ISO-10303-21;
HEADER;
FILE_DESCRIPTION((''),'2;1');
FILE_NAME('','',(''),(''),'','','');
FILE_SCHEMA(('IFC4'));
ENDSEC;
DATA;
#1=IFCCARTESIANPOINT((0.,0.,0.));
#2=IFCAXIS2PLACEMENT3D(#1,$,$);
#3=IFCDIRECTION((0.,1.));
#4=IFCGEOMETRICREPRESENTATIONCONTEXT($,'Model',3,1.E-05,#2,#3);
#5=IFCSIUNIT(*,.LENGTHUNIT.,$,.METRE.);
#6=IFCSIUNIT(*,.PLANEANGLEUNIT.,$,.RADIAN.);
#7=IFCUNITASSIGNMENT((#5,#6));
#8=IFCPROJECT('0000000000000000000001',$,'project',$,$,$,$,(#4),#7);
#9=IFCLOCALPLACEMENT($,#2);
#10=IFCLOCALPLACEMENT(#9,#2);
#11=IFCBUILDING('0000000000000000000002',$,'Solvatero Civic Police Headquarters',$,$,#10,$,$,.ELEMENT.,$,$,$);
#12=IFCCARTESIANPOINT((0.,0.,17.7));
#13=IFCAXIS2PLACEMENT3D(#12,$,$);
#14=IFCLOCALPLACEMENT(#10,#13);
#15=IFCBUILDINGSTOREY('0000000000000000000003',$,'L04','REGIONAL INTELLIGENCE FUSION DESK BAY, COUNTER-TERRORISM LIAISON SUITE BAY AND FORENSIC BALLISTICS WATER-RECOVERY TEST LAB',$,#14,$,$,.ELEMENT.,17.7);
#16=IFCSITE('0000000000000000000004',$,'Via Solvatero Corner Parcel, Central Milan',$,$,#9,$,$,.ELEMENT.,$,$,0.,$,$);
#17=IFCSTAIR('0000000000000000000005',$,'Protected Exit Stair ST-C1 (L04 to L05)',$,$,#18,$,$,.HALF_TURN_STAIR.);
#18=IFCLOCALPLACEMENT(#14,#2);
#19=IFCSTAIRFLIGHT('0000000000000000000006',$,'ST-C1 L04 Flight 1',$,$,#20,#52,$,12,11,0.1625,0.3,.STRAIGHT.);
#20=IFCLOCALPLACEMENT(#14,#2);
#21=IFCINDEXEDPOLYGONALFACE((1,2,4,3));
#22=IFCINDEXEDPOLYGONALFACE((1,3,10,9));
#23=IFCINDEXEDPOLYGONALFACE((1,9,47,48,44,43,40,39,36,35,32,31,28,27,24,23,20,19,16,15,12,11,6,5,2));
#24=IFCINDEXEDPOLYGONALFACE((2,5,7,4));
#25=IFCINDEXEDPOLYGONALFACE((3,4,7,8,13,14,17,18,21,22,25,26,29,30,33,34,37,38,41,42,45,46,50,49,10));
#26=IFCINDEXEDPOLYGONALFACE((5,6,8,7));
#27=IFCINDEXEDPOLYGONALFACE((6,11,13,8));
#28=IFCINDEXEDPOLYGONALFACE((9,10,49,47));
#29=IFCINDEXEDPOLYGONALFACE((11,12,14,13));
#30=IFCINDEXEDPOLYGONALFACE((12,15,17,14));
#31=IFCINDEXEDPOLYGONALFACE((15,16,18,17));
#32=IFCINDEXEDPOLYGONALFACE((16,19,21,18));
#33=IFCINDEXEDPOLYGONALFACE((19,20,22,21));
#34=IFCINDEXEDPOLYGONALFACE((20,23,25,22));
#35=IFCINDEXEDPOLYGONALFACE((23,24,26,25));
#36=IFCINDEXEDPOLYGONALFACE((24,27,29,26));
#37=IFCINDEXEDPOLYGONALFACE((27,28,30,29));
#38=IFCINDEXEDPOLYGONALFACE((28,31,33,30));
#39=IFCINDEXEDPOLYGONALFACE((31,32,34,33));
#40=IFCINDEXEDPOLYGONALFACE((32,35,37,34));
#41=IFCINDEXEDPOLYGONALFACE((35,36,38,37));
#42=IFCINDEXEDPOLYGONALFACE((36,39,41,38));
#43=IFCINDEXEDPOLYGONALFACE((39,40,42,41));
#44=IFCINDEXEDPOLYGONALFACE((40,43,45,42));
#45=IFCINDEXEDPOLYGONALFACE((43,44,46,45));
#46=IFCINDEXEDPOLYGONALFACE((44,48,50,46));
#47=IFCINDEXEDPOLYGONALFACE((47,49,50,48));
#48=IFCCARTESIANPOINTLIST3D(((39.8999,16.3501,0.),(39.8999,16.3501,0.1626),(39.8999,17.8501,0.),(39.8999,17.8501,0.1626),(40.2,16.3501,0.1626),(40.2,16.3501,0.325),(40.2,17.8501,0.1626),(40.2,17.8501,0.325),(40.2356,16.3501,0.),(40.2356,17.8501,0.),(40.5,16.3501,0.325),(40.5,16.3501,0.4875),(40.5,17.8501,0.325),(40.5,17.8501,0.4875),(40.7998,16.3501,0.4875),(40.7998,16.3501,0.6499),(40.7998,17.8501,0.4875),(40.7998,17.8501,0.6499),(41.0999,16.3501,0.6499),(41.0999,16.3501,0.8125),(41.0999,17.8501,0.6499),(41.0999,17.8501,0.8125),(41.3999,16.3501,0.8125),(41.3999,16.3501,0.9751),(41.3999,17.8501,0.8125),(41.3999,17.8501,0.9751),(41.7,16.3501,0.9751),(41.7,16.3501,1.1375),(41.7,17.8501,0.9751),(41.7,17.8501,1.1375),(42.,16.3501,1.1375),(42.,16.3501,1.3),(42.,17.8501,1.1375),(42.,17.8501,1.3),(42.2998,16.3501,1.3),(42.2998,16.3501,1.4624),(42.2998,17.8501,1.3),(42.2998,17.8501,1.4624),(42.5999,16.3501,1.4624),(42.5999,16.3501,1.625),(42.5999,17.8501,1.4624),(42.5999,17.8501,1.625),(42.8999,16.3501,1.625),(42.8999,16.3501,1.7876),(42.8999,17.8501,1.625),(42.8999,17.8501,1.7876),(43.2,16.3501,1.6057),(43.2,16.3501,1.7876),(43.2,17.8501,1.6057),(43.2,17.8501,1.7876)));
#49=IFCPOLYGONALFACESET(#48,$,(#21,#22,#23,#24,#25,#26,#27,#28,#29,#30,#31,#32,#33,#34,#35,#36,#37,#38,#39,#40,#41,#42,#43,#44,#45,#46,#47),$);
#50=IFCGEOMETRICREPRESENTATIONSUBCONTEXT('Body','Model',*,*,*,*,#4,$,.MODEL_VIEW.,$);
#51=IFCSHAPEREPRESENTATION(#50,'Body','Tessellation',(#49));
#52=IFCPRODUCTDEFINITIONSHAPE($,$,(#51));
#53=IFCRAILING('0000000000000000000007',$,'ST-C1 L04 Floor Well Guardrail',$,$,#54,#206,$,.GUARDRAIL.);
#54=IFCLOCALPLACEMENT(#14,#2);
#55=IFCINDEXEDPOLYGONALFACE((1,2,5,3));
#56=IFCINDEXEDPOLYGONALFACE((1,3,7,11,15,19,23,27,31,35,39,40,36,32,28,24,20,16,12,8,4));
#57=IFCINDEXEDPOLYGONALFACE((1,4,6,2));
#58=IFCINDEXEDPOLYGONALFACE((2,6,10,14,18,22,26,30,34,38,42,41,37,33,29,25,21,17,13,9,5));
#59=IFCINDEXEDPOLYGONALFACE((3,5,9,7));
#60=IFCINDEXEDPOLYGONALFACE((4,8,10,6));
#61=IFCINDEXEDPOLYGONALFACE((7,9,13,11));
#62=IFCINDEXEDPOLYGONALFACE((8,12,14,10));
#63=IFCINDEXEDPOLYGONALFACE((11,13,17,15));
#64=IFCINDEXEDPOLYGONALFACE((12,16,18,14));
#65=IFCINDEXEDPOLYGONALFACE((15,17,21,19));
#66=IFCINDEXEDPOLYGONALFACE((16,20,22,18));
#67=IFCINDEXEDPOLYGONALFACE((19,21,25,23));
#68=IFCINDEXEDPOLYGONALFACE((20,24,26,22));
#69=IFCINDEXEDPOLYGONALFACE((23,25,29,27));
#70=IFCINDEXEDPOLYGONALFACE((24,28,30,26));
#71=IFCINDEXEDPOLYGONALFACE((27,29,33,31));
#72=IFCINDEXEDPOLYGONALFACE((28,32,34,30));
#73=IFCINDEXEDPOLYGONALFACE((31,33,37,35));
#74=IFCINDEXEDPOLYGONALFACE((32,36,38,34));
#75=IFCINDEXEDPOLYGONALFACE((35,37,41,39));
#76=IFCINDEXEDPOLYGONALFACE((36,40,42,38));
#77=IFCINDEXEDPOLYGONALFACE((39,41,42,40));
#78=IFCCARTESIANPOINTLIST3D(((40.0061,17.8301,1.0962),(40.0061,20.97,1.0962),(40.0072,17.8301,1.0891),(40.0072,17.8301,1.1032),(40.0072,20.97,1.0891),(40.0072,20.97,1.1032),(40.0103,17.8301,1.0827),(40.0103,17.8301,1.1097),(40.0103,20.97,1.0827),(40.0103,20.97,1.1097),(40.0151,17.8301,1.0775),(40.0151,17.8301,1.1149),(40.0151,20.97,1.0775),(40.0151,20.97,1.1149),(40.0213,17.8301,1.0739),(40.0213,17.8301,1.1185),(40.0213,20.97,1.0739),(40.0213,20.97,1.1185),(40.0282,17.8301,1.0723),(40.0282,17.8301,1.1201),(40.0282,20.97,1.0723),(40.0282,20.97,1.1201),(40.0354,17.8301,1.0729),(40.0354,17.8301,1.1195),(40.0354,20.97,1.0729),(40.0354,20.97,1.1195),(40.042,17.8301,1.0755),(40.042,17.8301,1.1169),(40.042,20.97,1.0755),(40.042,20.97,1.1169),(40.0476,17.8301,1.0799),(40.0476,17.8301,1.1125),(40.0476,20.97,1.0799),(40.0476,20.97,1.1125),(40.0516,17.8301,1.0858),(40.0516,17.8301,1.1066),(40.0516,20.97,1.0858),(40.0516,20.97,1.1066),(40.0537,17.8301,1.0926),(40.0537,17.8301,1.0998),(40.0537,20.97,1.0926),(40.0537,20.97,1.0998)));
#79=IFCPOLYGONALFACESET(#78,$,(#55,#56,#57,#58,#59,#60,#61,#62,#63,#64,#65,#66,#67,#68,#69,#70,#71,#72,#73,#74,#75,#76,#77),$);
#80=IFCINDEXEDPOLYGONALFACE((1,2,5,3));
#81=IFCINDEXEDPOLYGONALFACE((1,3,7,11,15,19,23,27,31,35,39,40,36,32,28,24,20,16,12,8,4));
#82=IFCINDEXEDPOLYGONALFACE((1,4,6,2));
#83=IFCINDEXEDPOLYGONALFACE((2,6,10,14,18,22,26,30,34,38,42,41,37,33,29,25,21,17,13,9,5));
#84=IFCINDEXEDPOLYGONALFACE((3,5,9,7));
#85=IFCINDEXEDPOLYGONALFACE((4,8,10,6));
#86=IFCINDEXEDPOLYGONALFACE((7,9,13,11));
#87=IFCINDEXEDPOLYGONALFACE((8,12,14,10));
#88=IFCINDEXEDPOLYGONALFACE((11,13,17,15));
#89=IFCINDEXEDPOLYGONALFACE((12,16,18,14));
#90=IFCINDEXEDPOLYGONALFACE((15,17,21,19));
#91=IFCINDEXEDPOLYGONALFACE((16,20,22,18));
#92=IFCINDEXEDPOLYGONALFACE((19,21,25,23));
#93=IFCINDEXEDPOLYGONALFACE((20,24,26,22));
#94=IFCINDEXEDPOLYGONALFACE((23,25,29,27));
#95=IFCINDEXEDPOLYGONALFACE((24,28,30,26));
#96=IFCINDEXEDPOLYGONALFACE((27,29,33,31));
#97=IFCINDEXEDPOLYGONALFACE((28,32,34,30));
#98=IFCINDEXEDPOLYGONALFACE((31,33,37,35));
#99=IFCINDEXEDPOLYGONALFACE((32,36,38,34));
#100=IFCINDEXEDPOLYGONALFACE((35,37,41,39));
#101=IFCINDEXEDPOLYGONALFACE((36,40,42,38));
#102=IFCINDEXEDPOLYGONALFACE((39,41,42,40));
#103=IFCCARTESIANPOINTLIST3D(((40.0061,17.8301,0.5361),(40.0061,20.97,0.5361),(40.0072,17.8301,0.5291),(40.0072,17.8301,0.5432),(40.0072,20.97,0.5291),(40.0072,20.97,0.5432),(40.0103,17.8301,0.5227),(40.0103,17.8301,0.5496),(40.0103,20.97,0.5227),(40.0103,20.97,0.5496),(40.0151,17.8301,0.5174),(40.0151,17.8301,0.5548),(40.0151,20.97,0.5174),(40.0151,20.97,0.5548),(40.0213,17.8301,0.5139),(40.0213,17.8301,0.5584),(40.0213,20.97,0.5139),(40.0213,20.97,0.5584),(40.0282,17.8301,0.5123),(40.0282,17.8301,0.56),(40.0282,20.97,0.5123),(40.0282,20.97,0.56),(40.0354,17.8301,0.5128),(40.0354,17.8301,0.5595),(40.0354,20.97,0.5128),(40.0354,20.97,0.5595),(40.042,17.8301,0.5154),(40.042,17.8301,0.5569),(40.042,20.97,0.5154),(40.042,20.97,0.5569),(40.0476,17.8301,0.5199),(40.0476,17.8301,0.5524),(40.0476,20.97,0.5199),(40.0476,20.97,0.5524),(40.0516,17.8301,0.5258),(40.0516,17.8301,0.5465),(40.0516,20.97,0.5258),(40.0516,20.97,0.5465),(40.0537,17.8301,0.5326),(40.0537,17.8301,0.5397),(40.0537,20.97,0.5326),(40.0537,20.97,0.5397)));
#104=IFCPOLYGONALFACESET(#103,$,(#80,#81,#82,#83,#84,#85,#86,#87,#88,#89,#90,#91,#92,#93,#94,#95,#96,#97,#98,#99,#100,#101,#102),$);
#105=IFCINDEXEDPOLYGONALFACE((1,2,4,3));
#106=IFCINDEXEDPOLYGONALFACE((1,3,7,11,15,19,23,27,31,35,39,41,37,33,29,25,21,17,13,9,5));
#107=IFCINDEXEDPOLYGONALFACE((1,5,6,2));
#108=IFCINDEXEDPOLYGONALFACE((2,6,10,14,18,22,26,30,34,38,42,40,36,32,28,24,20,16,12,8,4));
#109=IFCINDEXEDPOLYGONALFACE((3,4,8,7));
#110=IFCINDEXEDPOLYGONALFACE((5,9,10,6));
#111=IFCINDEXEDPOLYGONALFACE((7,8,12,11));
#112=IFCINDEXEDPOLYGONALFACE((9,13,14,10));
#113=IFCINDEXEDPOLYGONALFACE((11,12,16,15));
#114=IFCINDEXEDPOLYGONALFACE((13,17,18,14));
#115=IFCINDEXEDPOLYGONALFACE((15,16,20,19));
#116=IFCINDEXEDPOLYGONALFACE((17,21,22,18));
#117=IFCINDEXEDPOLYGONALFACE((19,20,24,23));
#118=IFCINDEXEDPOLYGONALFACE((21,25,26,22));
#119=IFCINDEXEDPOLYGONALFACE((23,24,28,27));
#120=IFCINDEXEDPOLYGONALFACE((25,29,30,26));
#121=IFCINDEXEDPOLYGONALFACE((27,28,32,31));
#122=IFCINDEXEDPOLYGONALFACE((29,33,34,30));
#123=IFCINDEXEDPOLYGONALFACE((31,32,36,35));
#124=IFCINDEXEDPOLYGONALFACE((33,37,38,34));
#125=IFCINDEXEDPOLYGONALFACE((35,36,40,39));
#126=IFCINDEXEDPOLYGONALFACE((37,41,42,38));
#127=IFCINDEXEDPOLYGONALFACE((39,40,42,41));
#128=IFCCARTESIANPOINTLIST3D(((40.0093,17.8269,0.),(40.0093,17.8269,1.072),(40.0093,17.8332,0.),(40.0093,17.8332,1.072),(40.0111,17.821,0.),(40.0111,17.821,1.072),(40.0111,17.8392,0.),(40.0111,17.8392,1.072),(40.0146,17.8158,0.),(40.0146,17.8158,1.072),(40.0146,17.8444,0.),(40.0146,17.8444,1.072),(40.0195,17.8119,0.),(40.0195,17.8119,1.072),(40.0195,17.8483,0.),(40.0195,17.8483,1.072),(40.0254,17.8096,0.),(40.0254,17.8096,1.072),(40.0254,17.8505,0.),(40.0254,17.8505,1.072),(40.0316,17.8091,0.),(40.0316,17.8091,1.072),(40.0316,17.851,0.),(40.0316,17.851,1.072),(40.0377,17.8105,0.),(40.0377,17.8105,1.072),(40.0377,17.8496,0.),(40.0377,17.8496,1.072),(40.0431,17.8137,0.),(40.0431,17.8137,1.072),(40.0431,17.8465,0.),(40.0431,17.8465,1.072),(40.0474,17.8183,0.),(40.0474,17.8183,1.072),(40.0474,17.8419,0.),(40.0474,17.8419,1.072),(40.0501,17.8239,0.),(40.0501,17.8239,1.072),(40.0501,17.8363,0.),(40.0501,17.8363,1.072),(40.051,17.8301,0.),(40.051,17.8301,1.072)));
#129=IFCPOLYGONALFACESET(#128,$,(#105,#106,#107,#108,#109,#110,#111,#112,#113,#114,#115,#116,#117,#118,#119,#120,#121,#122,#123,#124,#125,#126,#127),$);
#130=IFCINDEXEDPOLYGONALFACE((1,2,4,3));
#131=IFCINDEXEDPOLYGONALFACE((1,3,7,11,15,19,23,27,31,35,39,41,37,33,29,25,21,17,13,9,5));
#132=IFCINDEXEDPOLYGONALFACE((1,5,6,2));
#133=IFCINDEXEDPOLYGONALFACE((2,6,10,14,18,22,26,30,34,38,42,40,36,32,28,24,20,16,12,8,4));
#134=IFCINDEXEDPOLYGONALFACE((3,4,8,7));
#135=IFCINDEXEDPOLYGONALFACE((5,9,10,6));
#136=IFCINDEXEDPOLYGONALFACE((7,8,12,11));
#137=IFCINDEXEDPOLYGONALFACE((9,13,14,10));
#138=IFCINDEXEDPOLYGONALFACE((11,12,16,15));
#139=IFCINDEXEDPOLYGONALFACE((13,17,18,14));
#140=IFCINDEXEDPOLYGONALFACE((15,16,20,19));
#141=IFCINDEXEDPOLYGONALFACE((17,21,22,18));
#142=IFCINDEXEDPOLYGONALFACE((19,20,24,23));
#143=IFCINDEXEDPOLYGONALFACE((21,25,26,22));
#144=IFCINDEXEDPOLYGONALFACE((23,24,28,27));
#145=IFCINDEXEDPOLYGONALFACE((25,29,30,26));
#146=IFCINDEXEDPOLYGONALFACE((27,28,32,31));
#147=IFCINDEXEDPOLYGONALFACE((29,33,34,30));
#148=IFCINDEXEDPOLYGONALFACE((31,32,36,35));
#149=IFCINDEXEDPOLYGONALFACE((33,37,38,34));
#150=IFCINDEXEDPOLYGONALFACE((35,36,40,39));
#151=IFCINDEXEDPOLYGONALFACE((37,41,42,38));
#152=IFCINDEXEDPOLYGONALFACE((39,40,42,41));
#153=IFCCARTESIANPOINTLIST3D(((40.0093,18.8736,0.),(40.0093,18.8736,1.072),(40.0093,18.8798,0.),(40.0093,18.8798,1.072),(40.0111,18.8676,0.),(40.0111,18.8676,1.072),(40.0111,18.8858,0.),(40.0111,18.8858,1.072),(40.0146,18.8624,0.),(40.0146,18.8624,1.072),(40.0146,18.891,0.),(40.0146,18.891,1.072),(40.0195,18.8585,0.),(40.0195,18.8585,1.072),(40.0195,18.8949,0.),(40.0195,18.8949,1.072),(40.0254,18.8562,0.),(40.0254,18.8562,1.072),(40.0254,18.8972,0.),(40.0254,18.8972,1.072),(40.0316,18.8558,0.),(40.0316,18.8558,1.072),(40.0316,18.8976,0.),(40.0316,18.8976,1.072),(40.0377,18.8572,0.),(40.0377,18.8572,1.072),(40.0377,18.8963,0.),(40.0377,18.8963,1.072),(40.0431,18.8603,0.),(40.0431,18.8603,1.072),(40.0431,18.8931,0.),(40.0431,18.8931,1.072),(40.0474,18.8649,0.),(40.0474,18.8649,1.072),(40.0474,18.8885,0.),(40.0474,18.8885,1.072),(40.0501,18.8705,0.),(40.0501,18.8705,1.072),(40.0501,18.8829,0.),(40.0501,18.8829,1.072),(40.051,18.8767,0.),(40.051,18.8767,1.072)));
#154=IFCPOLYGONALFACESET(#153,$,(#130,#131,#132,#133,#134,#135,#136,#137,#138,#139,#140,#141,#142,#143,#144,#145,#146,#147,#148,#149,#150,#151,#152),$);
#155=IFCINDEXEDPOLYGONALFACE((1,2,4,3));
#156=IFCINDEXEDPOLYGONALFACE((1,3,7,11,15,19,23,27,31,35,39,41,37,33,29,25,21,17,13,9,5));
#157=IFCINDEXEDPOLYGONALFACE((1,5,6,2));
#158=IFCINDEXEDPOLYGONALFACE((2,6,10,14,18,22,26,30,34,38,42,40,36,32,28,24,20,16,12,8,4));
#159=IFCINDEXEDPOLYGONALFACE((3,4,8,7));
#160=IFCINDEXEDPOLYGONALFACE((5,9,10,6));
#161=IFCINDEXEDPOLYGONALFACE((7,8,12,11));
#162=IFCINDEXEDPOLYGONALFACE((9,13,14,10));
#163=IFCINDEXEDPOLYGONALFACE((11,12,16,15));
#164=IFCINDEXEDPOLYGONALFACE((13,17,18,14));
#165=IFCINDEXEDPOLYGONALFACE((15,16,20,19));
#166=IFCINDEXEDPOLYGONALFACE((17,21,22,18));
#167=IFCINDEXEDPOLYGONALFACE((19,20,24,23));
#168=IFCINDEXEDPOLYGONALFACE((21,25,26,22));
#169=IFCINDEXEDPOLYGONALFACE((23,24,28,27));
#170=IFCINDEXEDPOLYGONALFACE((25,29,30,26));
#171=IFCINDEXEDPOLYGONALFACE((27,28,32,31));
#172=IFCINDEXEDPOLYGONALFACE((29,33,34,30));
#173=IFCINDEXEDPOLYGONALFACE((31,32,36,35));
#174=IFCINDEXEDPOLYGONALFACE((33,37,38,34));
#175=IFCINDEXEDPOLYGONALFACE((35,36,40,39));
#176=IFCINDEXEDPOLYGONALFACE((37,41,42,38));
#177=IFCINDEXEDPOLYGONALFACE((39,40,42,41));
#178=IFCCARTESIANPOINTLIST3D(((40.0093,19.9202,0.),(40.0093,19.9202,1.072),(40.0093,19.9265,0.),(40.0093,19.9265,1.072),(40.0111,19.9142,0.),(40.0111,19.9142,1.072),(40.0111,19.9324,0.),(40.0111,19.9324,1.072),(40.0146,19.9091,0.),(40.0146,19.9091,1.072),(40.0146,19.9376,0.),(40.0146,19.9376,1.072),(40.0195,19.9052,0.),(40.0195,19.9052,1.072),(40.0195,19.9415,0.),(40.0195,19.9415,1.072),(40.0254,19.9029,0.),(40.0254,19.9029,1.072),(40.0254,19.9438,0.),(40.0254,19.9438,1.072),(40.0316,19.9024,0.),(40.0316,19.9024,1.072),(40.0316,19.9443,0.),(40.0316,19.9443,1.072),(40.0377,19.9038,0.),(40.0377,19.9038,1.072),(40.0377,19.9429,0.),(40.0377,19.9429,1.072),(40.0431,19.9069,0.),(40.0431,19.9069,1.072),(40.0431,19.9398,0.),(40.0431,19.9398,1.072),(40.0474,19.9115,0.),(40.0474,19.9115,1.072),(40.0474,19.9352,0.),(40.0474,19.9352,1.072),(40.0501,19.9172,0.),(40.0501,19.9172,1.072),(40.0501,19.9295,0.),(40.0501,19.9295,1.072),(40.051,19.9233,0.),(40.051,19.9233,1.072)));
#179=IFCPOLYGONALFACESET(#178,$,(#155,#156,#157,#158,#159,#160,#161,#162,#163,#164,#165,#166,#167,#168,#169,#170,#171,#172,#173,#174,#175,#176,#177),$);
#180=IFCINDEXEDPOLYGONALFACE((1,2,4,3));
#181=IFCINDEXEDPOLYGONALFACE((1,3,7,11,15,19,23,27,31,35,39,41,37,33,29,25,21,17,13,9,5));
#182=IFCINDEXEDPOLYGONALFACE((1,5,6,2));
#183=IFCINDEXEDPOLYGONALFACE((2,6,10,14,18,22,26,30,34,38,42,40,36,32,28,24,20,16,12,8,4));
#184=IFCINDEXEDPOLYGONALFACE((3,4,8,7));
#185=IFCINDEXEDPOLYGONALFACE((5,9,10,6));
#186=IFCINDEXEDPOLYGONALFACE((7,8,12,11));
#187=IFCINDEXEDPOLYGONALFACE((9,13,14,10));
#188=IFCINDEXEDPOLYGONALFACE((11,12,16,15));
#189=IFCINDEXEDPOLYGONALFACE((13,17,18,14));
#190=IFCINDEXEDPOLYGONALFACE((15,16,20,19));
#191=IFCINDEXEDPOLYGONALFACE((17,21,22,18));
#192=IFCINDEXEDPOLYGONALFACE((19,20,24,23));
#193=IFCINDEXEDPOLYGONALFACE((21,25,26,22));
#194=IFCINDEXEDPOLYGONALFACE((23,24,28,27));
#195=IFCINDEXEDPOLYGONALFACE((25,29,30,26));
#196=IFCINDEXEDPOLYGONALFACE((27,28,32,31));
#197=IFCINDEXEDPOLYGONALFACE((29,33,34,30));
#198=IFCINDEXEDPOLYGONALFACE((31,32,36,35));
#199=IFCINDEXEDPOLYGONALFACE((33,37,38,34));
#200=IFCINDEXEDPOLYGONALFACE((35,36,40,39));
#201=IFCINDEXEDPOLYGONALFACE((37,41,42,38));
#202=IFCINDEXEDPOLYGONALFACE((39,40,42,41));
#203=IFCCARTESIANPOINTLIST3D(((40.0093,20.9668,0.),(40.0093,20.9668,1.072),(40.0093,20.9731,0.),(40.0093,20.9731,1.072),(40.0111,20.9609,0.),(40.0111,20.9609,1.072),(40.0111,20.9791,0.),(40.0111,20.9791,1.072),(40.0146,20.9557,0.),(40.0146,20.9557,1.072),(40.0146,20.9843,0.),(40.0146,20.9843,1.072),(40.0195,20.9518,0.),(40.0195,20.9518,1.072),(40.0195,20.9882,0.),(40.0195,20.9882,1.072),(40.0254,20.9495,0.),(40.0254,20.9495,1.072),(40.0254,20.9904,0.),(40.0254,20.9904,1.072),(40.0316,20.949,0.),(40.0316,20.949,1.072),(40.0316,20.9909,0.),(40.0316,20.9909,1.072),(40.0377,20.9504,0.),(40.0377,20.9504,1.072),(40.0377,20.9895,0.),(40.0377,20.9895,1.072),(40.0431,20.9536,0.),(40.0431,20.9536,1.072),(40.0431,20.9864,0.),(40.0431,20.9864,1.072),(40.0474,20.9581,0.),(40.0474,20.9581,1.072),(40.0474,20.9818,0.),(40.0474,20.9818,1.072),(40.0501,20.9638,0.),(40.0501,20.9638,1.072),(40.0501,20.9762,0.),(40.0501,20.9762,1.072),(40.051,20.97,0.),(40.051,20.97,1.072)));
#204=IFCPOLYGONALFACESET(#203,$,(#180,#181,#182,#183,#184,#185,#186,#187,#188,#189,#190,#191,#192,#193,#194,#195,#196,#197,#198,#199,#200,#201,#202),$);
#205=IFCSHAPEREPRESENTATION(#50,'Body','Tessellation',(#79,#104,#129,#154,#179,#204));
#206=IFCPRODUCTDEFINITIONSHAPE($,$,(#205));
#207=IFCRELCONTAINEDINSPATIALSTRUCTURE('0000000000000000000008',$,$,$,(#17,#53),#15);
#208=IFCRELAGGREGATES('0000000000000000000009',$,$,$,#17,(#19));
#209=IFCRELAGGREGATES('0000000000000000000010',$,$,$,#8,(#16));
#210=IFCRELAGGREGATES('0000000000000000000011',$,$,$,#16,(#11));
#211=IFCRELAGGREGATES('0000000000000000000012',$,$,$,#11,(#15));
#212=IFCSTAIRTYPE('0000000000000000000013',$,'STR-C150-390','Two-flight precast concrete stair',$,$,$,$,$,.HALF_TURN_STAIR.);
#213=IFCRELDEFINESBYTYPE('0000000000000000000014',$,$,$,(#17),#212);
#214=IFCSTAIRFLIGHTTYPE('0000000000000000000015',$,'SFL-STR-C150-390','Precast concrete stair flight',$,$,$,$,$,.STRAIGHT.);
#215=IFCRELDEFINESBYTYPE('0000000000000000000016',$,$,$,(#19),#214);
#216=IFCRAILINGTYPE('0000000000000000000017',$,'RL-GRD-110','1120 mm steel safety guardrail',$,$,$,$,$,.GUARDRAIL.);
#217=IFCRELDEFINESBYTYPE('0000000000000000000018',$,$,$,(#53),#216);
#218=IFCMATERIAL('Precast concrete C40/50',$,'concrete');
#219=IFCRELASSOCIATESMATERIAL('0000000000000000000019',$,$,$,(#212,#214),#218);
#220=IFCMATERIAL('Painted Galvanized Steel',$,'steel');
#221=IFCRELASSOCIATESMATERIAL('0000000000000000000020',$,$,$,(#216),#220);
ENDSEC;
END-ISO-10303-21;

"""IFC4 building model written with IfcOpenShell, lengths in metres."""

from ifc_helpers import new_model, si_unit, direction, frame, origin, origin_2d, place, context, subcontext, project, spatial, polyline, circle, outline, extrude, material, type_object, element, aggregate, save


model = new_model("IFC4")

# Units and contexts
model_context = context("Model", 3, precision=1e-05, world=origin(), true_north=direction((0.0, 1.0)))
body_context = subcontext(model_context, "Body", "Model", "MODEL_VIEW")
ifc_project = project(units=[si_unit("LENGTHUNIT", "METRE"), si_unit("PLANEANGLEUNIT", "RADIAN")], contexts=[model_context])

# Site, building, storey
site_placement = place(None, origin())
site = spatial("IfcSite", under=ifc_project, at=site_placement, Name="Via Solvatero Corner Parcel, Central Milan", CompositionType="ELEMENT", RefElevation=0.0)
building_placement = place(site_placement, origin())
building = spatial("IfcBuilding", under=site, at=building_placement, Name="Solvatero Civic Police Headquarters", CompositionType="ELEMENT")
storey_placement = place(building_placement, frame((0.0, 0.0, 17.7)))
storey = spatial("IfcBuildingStorey", under=building, at=storey_placement, Name="L04", Description="REGIONAL INTELLIGENCE FUSION DESK BAY, COUNTER-TERRORISM LIAISON SUITE BAY AND FORENSIC BALLISTICS WATER-RECOVERY TEST LAB", CompositionType="ELEMENT", Elevation=17.7)

# Stair, stair flight
ifc_material_1 = material(Name="Precast concrete C40/50", Category="concrete")
stair_type = type_object("IfcStairType", Name="STR-C150-390", Description="Two-flight precast concrete stair", PredefinedType="HALF_TURN_STAIR", material=ifc_material_1)
stair_placement = place(storey_placement, origin())
stair = element("IfcStair", 1, at=stair_placement, inside=storey, type_object=stair_type, Name="Protected Exit Stair ST-C1 (L04 to L05)", PredefinedType="HALF_TURN_STAIR")
stair_flight_type = type_object("IfcStairFlightType", Name="SFL-STR-C150-390", Description="Precast concrete stair flight", PredefinedType="STRAIGHT", material=ifc_material_1)
stair_flight_placement = place(storey_placement, frame((39.8999, 17.1001, 0.0), z_axis=(0.0, 0.0, 1.0), x_axis=(1.0, 0.0, 0.0)))
stair_flight = element("IfcStairFlight", 2, at=stair_flight_placement, type_object=stair_flight_type, Name="ST-C1 L04 Flight 1", NumberOfRisers=12, NumberOfTreads=11, PredefinedType="STRAIGHT", RiserHeight=0.1625, TreadLength=0.3, context=body_context, shape_type="SweptSolid", body=[
    extrude(outline(polyline([(0.0, 0.0), (0.0, 0.1626), (0.3, 0.1626), (0.3, 0.325), (0.6001, 0.325), (0.6001, 0.4875), (0.8999, 0.4875), (0.8999, 0.6499), (1.2, 0.6499), (1.2, 0.8125), (1.5, 0.8125), (1.5, 0.9751), (1.8, 0.9751), (1.8, 1.1375), (2.1001, 1.1375), (2.1001, 1.3), (2.3999, 1.3), (2.3999, 1.4624), (2.7, 1.4624), (2.7, 1.625), (3.0, 1.625), (3.0, 1.7876), (3.3, 1.7876), (3.3, 1.95), (3.3, 1.6057), (0.3357, 0.0), (0.0, 0.0)])), frame((0.0, 0.75, 0.0), z_axis=(0.0, -1.0, 0.0), x_axis=(1.0, 0.0, 0.0)), (0.0, 0.0, 1.0), 1.5),
])
aggregate(stair, [stair_flight])

# Railing
ifc_material_2 = material(Name="Painted Galvanized Steel", Category="steel")
railing_type_1 = type_object("IfcRailingType", Name="RL-GRD-110", Description="1120 mm steel safety guardrail", PredefinedType="GUARDRAIL", material=ifc_material_2)
railing_1_placement = place(storey_placement, frame((40.03, 17.8301, 0.0)))
element("IfcRailing", 3, at=railing_1_placement, inside=storey, type_object=railing_type_1, Name="ST-C1 L04 Floor Well Guardrail", PredefinedType="GUARDRAIL", context=body_context, shape_type="SweptSolid", body=[
    extrude(circle(Radius=0.0239, at=origin_2d()), frame((0.0, 0.0, 1.0962), z_axis=(0.0, 1.0, 0.0), x_axis=(-1.0, 0.0, 0.0)), (0.0, 0.0, 1.0), 3.1399),
    extrude(circle(Radius=0.0239, at=origin_2d()), frame((0.0, 0.0, 0.5361), z_axis=(0.0, 1.0, 0.0), x_axis=(-1.0, 0.0, 0.0)), (0.0, 0.0, 1.0), 3.1399),
    extrude(circle(Radius=0.021, at=origin_2d()), origin(), (0.0, 0.0, 1.0), 1.072),
    extrude(circle(Radius=0.021, at=origin_2d()), frame((0.0, 1.0466, 0.0)), (0.0, 0.0, 1.0), 1.072),
    extrude(circle(Radius=0.021, at=origin_2d()), frame((0.0, 2.0933, 0.0)), (0.0, 0.0, 1.0), 1.072),
    extrude(circle(Radius=0.021, at=origin_2d()), frame((0.0, 3.1399, 0.0)), (0.0, 0.0, 1.0), 1.072),
])

save(model, "model.ifc")
